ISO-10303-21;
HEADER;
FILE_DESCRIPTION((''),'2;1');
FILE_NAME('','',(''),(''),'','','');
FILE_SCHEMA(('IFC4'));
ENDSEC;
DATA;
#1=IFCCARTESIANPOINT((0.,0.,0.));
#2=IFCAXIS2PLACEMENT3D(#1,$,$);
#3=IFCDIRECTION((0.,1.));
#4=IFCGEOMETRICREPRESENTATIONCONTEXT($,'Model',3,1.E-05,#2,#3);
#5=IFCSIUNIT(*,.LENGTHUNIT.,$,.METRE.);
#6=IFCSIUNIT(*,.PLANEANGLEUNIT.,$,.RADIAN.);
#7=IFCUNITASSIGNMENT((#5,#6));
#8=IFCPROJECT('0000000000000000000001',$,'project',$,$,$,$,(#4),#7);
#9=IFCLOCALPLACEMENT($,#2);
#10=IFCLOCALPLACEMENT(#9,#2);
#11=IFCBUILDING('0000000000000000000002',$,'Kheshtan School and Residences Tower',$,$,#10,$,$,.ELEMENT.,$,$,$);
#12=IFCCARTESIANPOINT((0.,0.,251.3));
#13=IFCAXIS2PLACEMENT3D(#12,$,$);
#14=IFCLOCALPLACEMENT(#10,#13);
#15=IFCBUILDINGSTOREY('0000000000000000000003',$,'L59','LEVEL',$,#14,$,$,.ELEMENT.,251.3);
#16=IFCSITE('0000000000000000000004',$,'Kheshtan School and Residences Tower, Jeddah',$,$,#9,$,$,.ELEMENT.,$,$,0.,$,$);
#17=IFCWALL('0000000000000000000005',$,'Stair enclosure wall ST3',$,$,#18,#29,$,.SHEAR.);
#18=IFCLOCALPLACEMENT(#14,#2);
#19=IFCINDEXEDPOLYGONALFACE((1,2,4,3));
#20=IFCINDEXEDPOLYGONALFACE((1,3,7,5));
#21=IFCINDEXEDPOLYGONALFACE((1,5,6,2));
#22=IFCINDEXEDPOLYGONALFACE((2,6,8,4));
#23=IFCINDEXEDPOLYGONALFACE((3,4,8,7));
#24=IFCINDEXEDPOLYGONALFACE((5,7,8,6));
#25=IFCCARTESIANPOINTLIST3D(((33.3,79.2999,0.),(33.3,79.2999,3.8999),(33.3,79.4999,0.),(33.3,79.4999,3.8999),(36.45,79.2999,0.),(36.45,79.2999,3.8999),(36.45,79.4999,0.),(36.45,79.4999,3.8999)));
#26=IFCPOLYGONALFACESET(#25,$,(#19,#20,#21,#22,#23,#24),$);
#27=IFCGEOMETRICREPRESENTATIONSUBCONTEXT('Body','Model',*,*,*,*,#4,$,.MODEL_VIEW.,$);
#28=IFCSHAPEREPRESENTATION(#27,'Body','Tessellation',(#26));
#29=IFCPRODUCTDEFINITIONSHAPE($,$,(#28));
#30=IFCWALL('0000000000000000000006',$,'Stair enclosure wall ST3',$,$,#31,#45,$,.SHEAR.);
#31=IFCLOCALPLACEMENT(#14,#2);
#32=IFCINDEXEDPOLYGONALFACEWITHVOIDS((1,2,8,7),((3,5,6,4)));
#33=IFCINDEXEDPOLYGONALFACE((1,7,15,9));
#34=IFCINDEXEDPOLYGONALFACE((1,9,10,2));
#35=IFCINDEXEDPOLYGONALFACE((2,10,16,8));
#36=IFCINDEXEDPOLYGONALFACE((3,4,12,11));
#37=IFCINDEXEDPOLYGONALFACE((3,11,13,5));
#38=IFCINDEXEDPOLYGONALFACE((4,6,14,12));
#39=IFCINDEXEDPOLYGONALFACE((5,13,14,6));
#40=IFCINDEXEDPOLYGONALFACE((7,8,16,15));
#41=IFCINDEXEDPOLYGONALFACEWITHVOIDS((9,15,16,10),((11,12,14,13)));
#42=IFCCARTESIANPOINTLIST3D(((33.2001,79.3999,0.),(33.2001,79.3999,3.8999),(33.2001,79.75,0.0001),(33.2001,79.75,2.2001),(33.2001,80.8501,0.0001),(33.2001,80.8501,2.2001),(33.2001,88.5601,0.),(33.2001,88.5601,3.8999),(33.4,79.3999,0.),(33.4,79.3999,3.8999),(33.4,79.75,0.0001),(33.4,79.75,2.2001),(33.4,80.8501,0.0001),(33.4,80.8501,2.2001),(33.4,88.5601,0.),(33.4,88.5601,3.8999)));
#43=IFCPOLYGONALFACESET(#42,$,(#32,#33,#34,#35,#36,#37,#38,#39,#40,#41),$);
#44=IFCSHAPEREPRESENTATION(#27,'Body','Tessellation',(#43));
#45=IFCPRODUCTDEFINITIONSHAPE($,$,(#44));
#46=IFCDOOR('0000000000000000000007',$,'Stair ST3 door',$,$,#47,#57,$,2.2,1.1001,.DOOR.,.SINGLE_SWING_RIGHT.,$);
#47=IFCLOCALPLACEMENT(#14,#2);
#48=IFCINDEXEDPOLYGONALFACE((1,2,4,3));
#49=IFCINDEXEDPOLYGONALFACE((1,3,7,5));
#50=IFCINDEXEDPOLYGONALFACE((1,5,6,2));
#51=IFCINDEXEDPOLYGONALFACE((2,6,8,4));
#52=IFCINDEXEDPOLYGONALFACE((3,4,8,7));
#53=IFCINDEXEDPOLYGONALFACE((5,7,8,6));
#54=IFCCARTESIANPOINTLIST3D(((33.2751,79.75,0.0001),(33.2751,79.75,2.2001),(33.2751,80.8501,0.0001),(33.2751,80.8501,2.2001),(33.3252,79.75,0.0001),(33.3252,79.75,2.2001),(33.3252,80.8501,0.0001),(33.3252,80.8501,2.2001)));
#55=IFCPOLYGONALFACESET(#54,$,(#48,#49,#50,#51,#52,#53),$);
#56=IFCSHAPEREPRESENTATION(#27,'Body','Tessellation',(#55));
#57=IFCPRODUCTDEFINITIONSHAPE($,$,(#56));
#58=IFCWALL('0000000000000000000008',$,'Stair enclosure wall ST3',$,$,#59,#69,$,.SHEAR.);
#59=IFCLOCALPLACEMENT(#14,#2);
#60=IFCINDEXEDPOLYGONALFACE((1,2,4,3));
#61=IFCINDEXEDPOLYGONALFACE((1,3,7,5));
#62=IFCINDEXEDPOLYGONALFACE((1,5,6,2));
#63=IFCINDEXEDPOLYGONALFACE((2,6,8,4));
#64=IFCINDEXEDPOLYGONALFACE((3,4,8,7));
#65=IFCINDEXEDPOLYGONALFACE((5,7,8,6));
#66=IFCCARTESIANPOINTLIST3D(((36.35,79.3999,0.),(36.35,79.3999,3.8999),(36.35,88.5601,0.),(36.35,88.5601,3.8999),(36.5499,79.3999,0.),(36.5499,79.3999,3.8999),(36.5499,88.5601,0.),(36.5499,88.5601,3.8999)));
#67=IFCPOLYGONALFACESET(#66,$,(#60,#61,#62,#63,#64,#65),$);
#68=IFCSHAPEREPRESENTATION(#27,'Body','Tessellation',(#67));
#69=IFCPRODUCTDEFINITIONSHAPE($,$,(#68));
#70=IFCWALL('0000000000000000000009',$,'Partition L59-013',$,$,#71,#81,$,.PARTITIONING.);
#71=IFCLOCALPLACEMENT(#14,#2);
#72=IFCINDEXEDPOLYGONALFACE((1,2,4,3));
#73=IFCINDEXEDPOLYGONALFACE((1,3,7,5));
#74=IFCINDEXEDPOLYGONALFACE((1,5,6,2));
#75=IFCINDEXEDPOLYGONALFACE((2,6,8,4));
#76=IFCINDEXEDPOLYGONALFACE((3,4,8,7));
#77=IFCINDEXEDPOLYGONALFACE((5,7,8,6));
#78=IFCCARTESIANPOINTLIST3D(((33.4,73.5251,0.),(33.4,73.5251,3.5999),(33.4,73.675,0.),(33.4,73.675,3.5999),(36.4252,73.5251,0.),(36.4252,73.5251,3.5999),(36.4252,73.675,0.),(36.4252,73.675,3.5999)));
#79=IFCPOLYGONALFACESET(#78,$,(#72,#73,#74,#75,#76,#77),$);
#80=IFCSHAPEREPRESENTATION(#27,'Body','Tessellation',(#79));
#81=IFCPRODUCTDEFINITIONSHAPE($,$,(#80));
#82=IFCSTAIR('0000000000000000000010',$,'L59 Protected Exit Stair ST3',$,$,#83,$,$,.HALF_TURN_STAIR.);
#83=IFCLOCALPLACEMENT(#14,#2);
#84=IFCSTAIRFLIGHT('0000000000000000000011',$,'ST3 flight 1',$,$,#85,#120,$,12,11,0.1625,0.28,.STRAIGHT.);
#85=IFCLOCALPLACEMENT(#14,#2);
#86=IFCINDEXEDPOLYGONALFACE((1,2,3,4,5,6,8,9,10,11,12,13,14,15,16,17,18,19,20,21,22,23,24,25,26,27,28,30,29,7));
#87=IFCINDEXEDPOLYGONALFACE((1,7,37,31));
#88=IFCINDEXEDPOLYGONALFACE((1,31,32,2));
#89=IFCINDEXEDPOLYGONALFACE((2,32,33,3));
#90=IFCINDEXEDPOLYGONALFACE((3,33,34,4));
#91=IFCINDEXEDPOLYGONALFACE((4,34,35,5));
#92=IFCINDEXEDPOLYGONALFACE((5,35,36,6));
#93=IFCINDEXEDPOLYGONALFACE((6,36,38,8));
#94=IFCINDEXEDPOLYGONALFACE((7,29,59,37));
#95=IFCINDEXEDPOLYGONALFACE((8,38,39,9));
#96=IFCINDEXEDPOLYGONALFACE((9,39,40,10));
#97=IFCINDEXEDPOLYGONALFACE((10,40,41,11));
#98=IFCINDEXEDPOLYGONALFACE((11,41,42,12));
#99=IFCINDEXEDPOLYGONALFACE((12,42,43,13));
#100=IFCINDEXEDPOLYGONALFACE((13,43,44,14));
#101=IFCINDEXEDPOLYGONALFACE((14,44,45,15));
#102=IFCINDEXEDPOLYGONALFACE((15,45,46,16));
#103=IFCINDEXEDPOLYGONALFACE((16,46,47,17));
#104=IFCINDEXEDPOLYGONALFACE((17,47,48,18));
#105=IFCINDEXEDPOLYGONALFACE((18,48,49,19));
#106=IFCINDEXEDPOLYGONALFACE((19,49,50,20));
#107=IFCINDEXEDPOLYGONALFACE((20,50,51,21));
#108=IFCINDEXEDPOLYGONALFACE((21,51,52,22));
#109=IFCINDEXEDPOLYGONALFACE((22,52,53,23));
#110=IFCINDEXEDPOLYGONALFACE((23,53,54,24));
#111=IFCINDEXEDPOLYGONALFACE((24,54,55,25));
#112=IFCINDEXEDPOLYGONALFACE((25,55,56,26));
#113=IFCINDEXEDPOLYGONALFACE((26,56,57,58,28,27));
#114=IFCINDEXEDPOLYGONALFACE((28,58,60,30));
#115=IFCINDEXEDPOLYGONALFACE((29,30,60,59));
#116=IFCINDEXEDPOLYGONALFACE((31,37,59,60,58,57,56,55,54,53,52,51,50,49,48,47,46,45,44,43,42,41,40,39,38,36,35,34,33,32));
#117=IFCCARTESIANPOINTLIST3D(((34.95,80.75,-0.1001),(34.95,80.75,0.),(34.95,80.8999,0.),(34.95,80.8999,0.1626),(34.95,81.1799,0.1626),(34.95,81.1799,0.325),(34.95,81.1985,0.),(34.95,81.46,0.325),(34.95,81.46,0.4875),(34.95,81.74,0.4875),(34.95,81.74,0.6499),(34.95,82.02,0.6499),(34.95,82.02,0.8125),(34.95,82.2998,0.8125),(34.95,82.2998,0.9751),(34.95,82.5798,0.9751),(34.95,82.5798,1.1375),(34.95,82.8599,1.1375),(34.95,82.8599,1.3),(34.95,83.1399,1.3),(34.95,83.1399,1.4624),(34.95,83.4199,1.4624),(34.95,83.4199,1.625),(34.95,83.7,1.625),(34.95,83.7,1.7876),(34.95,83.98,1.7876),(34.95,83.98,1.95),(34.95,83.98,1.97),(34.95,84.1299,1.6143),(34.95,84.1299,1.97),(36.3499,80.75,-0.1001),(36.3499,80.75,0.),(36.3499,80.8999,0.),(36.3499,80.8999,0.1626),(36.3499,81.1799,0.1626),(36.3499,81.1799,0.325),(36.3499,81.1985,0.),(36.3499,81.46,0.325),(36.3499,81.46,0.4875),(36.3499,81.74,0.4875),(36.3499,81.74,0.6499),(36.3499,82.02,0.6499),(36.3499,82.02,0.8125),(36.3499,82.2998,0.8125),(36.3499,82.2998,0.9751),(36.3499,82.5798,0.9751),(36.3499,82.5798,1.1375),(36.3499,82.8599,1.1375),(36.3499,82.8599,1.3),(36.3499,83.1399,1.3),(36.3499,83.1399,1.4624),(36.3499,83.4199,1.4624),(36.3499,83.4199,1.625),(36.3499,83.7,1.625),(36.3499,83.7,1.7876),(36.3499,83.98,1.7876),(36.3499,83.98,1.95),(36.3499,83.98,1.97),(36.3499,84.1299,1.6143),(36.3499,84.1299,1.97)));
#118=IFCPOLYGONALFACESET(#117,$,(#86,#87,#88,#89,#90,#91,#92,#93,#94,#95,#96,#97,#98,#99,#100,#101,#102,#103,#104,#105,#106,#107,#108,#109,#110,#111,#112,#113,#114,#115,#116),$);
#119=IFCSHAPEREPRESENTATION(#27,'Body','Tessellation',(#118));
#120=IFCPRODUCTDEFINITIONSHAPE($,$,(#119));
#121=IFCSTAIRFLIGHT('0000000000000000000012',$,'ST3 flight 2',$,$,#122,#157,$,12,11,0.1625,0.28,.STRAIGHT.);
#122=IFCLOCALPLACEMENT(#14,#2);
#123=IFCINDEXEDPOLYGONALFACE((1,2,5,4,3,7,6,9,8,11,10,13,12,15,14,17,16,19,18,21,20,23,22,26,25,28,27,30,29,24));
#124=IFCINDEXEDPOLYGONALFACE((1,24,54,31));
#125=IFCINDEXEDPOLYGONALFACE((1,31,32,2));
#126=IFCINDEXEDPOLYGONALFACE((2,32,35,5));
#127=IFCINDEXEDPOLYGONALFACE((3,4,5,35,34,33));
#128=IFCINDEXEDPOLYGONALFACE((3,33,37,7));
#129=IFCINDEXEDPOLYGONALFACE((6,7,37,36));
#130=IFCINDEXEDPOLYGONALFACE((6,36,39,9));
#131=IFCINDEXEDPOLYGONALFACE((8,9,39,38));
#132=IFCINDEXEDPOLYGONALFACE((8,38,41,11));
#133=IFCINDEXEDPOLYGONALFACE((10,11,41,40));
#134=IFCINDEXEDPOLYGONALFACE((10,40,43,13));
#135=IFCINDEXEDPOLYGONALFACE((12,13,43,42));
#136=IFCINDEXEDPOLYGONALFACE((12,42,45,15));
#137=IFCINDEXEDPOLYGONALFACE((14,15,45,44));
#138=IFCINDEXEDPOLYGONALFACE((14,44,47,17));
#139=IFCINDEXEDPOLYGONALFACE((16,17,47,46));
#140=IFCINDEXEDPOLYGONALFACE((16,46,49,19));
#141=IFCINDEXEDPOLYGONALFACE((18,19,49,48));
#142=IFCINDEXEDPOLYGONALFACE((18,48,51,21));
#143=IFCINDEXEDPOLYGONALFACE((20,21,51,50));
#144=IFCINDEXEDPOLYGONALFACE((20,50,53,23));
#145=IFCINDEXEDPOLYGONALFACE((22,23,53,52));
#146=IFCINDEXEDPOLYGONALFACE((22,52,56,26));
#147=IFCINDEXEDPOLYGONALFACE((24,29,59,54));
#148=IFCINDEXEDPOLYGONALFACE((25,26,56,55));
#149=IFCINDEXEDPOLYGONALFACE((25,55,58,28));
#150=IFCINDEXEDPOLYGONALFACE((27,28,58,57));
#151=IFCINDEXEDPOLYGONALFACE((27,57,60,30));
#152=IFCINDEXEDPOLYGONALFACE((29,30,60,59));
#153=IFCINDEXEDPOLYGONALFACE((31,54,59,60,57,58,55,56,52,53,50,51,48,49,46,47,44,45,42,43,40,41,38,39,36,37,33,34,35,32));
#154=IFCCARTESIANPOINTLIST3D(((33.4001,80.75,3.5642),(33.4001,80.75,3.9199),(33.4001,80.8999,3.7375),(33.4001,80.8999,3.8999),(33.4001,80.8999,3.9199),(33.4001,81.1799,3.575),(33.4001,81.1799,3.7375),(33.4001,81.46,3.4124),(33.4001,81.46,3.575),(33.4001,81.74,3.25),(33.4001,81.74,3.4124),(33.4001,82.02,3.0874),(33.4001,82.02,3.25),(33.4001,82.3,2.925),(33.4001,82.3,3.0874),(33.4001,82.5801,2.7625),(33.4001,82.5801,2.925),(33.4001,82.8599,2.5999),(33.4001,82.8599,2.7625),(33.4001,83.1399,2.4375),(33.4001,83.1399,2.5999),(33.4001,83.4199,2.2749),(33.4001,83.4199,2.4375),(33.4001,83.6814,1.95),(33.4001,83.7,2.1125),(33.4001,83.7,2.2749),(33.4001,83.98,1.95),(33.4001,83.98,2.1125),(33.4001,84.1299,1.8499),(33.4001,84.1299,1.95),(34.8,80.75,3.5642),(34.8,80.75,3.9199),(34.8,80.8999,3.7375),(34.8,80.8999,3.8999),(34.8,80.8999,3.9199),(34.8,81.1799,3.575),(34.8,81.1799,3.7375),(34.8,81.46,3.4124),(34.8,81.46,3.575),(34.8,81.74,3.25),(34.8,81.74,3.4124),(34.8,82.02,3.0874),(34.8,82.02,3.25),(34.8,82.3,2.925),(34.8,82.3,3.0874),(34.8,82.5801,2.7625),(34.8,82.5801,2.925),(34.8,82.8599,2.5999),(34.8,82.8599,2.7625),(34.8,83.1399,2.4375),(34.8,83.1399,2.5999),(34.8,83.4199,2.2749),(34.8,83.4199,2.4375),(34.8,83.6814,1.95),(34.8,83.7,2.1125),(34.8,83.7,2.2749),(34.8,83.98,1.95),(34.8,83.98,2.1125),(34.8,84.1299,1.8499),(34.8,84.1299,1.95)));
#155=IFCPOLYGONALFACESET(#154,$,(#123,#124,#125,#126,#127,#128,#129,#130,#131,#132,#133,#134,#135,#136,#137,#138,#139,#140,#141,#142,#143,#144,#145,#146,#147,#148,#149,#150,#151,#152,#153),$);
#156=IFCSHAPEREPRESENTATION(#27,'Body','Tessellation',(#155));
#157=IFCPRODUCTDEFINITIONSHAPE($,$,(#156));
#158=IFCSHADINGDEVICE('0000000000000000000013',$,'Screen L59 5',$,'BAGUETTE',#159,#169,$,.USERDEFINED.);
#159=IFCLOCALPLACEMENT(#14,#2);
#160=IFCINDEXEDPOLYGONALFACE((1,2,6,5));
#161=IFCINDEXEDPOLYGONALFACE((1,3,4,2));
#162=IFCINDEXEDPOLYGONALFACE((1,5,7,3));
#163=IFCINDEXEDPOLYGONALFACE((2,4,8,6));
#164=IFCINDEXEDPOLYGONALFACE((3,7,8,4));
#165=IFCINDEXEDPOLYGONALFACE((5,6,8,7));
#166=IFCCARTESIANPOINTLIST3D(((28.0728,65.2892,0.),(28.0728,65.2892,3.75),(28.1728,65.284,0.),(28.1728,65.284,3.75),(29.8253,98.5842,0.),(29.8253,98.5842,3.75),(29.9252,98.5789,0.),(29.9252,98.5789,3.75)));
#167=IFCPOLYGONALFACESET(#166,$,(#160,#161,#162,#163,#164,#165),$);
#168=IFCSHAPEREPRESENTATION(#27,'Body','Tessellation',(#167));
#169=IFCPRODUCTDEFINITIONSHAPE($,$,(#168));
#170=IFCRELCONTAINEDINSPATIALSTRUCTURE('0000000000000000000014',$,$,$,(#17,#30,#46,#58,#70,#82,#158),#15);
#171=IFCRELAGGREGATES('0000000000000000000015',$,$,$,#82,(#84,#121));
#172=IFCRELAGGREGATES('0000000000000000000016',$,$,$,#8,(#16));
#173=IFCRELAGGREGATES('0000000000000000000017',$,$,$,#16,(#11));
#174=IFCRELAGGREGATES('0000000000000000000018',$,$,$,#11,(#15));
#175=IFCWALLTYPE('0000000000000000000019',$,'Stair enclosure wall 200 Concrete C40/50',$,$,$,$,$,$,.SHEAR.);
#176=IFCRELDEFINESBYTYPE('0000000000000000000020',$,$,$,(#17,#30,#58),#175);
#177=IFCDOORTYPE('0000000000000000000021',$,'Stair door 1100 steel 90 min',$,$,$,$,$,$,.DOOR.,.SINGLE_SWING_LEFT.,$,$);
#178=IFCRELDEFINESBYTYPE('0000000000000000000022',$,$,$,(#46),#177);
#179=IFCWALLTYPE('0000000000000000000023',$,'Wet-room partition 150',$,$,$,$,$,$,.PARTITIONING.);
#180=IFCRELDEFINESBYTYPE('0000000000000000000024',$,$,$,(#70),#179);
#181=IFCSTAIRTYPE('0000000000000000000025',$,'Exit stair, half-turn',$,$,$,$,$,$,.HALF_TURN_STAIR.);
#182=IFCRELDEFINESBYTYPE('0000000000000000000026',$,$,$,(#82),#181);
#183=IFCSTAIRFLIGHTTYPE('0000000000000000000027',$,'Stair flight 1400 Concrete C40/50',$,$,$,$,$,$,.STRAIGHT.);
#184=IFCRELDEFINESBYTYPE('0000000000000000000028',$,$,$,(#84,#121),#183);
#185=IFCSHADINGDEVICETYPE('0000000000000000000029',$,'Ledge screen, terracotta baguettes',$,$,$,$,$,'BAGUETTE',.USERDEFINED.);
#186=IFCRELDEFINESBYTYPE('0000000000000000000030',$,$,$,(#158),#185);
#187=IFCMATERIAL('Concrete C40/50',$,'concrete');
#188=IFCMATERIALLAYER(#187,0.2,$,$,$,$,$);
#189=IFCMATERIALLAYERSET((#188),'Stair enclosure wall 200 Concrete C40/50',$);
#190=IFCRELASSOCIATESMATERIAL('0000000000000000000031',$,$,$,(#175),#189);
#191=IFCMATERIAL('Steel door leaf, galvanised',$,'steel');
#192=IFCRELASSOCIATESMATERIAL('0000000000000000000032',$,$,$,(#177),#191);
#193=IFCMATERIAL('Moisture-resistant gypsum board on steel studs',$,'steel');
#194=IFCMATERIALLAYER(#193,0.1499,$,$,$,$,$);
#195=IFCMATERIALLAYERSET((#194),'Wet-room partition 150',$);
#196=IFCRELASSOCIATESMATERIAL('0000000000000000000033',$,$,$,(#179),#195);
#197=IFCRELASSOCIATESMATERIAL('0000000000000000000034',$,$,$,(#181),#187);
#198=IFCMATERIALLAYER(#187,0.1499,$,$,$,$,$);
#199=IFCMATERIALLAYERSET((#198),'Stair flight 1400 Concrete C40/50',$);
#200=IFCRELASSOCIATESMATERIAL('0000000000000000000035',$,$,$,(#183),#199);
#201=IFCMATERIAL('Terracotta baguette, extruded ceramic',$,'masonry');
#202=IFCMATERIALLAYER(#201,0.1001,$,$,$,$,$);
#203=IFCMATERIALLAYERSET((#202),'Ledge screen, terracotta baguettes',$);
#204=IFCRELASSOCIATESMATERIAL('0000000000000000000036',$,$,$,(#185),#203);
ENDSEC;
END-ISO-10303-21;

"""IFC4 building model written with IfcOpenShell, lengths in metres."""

from ifc_helpers import new_model, si_unit, direction, frame, frame_2d, origin, origin_2d, place, context, subcontext, project, spatial, polyline, rectangle, outline, extrude, source, transform, mapped, material, layer, layer_set, type_object, element, fill, aggregate, save


model = new_model("IFC4")

# Units and contexts
model_context = context("Model", 3, precision=1e-05, world=origin(), true_north=direction((0.0, 1.0)))
body_context = subcontext(model_context, "Body", "Model", "MODEL_VIEW")
ifc_project = project(units=[si_unit("LENGTHUNIT", "METRE"), si_unit("PLANEANGLEUNIT", "RADIAN")], contexts=[model_context])

# Site, building, storey
site_placement = place(None, origin())
site = spatial("IfcSite", under=ifc_project, at=site_placement, Name="Kheshtan School and Residences Tower, Jeddah", CompositionType="ELEMENT", RefElevation=0.0)
building_placement = place(site_placement, origin())
building = spatial("IfcBuilding", under=site, at=building_placement, Name="Kheshtan School and Residences Tower", CompositionType="ELEMENT")
storey_placement = place(building_placement, frame((0.0, 0.0, 251.3)))
storey = spatial("IfcBuildingStorey", under=building, at=storey_placement, Name="L59", Description="LEVEL", CompositionType="ELEMENT", Elevation=251.3)

# Wall
ifc_material_1 = material(Name="Concrete C40/50", Category="concrete")
ifc_layer_1 = layer(ifc_material_1, 0.2)
ifc_layer_set_1 = layer_set([ifc_layer_1], Name="Stair enclosure wall 200 Concrete C40/50")
wall_type_1 = type_object("IfcWallType", Name="Stair enclosure wall 200 Concrete C40/50", PredefinedType="SHEAR", material=ifc_layer_set_1)
wall_1_placement = place(storey_placement, frame((33.3, 79.3999, 0.0), z_axis=(0.0, 0.0, 1.0), x_axis=(1.0, 0.0, 0.0)))
element("IfcWall", 1, at=wall_1_placement, inside=storey, type_object=wall_type_1, Name="Stair enclosure wall ST3", PredefinedType="SHEAR", context=body_context, shape_type="SweptSolid", body=[
    extrude(rectangle(XDim=3.1499, YDim=0.2, at=frame_2d((1.575, 0.0))), origin(), (0.0, 0.0, 1.0), 3.8999),
])

# Wall, opening, door
wall_2_placement = place(storey_placement, frame((33.3, 79.3999, 0.0), z_axis=(0.0, 0.0, 1.0), x_axis=(0.0, 1.0, 0.0)))
wall_2 = element("IfcWall", 2, at=wall_2_placement, inside=storey, type_object=wall_type_1, Name="Stair enclosure wall ST3", PredefinedType="SHEAR", context=body_context, shape_type="SweptSolid", body=[
    extrude(rectangle(XDim=9.1602, YDim=0.2, at=frame_2d((4.5801, 0.0))), origin(), (0.0, 0.0, 1.0), 3.8999),
])
opening_1_placement = place(wall_2_placement, frame((0.3501, 0.0, 0.0)))
opening_1 = element("IfcOpeningElement", 3, at=opening_1_placement, cuts=wall_2, PredefinedType="OPENING", context=body_context, shape_type="SweptSolid", body=[
    extrude(rectangle(XDim=1.1001, YDim=2.2, at=frame_2d((0.55, 1.1001))), frame((0.0, 0.1099, 0.0), z_axis=(0.0, -1.0, 0.0), x_axis=(1.0, 0.0, 0.0)), (0.0, 0.0, 1.0), 0.22),
])
ifc_material_2 = material(Name="Steel door leaf, galvanised", Category="steel")
door_type_1 = type_object("IfcDoorType", Name="Stair door 1100 steel 90 min", OperationType="SINGLE_SWING_LEFT", PredefinedType="DOOR", material=ifc_material_2)
shared_shape_1 = source(origin(), body_context, "Body", "SweptSolid", [
    extrude(rectangle(XDim=1.1001, YDim=2.2, at=frame_2d((0.55, 1.1001))), frame((0.0, 0.0249, 0.0), z_axis=(0.0, -1.0, 0.0), x_axis=(1.0, 0.0, 0.0)), (0.0, 0.0, 1.0), 0.05),
])
door_1_placement = place(opening_1_placement, origin())
door_1 = element("IfcDoor", 4, at=door_1_placement, inside=storey, type_object=door_type_1, Name="Stair ST3 door", OperationType="SINGLE_SWING_RIGHT", OverallHeight=2.2, OverallWidth=1.1001, PredefinedType="DOOR", context=body_context, shape_type="MappedRepresentation", body=[
    mapped(shared_shape_1, transform((0.0, 0.0, 0.0), x_axis=(1.0, 0.0, 0.0), y_axis=(0.0, 1.0, 0.0), z_axis=(0.0, 0.0, 1.0), scale=1.0)),
])
fill(opening_1, door_1)

# Walls
wall_3_placement = place(storey_placement, frame((36.45, 79.3999, 0.0), z_axis=(0.0, 0.0, 1.0), x_axis=(0.0, 1.0, 0.0)))
element("IfcWall", 5, at=wall_3_placement, inside=storey, type_object=wall_type_1, Name="Stair enclosure wall ST3", PredefinedType="SHEAR", context=body_context, shape_type="SweptSolid", body=[
    extrude(rectangle(XDim=9.1602, YDim=0.2, at=frame_2d((4.5801, 0.0))), origin(), (0.0, 0.0, 1.0), 3.8999),
])
ifc_material_3 = material(Name="Moisture-resistant gypsum board on steel studs", Category="steel")
ifc_layer_2 = layer(ifc_material_3, 0.1499)
ifc_layer_set_2 = layer_set([ifc_layer_2], Name="Wet-room partition 150")
wall_type_2 = type_object("IfcWallType", Name="Wet-room partition 150", PredefinedType="PARTITIONING", material=ifc_layer_set_2)
wall_4_placement = place(storey_placement, frame((33.3999, 73.6001, 0.0), z_axis=(0.0, 0.0, 1.0), x_axis=(1.0, 0.0, 0.0)))
element("IfcWall", 6, at=wall_4_placement, inside=storey, type_object=wall_type_2, Name="Partition L59-013", PredefinedType="PARTITIONING", context=body_context, shape_type="SweptSolid", body=[
    extrude(rectangle(XDim=3.0251, YDim=0.1499, at=frame_2d((1.5127, 0.0))), origin(), (0.0, 0.0, 1.0), 3.5999),
])

# Stair, stair flights
stair_type = type_object("IfcStairType", Name="Exit stair, half-turn", PredefinedType="HALF_TURN_STAIR", material=ifc_material_1)
stair_placement = place(storey_placement, origin())
stair = element("IfcStair", 7, at=stair_placement, inside=storey, type_object=stair_type, Name="L59 Protected Exit Stair ST3", PredefinedType="HALF_TURN_STAIR")
ifc_layer_3 = layer(ifc_material_1, 0.1499)
ifc_layer_set_3 = layer_set([ifc_layer_3], Name="Stair flight 1400 Concrete C40/50")
stair_flight_type = type_object("IfcStairFlightType", Name="Stair flight 1400 Concrete C40/50", PredefinedType="STRAIGHT", material=ifc_layer_set_3)
stair_flight_1_placement = place(storey_placement, frame((35.6499, 80.8999, 0.0), z_axis=(0.0, 0.0, 1.0), x_axis=(0.0, 1.0, 0.0)))
stair_flight_1 = element("IfcStairFlight", 8, at=stair_flight_1_placement, type_object=stair_flight_type, Name="ST3 flight 1", NumberOfRisers=12, NumberOfTreads=11, PredefinedType="STRAIGHT", RiserHeight=0.1625, TreadLength=0.28, context=body_context, shape_type="SweptSolid", body=[
    extrude(outline(polyline([(-0.1499, -0.1001), (-0.1499, 0.0), (0.0, 0.0), (0.0, 0.1626), (0.28, 0.1626), (0.28, 0.325), (0.5601, 0.325), (0.5601, 0.4875), (0.8401, 0.4875), (0.8401, 0.6499), (1.1201, 0.6499), (1.1201, 0.8125), (1.3999, 0.8125), (1.3999, 0.9751), (1.6799, 0.9751), (1.6799, 1.1375), (1.96, 1.1375), (1.96, 1.3), (2.24, 1.3), (2.24, 1.4624), (2.52, 1.4624), (2.52, 1.625), (2.8, 1.625), (2.8, 1.7876), (3.0801, 1.7876), (3.0801, 1.95), (3.0801, 1.97), (3.23, 1.97), (3.23, 1.6143), (0.2986, 0.0), (-0.1499, -0.1001)])), frame((0.0, 0.7, 0.0), z_axis=(0.0, -1.0, 0.0), x_axis=(1.0, 0.0, 0.0)), (0.0, 0.0, 1.0), 1.3999),
])
stair_flight_2_placement = place(storey_placement, frame((34.1001, 83.98, 1.95), z_axis=(0.0, 0.0, 1.0), x_axis=(0.0, -1.0, 0.0)))
stair_flight_2 = element("IfcStairFlight", 9, at=stair_flight_2_placement, type_object=stair_flight_type, Name="ST3 flight 2", NumberOfRisers=12, NumberOfTreads=11, PredefinedType="STRAIGHT", RiserHeight=0.1625, TreadLength=0.28, context=body_context, shape_type="SweptSolid", body=[
    extrude(outline(polyline([(-0.1499, -0.1001), (-0.1499, 0.0), (0.0, 0.0), (0.0, 0.1626), (0.28, 0.1626), (0.28, 0.325), (0.5601, 0.325), (0.5601, 0.4875), (0.8401, 0.4875), (0.8401, 0.6499), (1.1201, 0.6499), (1.1201, 0.8125), (1.3999, 0.8125), (1.3999, 0.9751), (1.6799, 0.9751), (1.6799, 1.1375), (1.96, 1.1375), (1.96, 1.3), (2.24, 1.3), (2.24, 1.4624), (2.52, 1.4624), (2.52, 1.625), (2.8, 1.625), (2.8, 1.7876), (3.0801, 1.7876), (3.0801, 1.95), (3.0801, 1.97), (3.23, 1.97), (3.23, 1.6143), (0.2986, 0.0), (-0.1499, -0.1001)])), frame((0.0, 0.7, 0.0), z_axis=(0.0, -1.0, 0.0), x_axis=(1.0, 0.0, 0.0)), (0.0, 0.0, 1.0), 1.3999),
])
aggregate(stair, [stair_flight_1, stair_flight_2])

# Shading device
ifc_material_4 = material(Name="Terracotta baguette, extruded ceramic", Category="masonry")
ifc_layer_4 = layer(ifc_material_4, 0.1001)
ifc_layer_set_4 = layer_set([ifc_layer_4], Name="Ledge screen, terracotta baguettes")
shading_device_type = type_object("IfcShadingDeviceType", Name="Ledge screen, terracotta baguettes", ElementType="BAGUETTE", PredefinedType="USERDEFINED", material=ifc_layer_set_4)
shading_device_placement = place(storey_placement, frame((28.999, 81.9341, 0.0), z_axis=(0.0, 0.0, 1.0), x_axis=(0.052563, 0.998618, 0.0)))
element("IfcShadingDevice", 10, at=shading_device_placement, inside=storey, type_object=shading_device_type, Name="Screen L59 5", ObjectType="BAGUETTE", PredefinedType="USERDEFINED", context=body_context, shape_type="SweptSolid", body=[
    extrude(rectangle(XDim=33.3411, YDim=0.1001, at=origin_2d()), origin(), (0.0, 0.0, 1.0), 3.75),
])

save(model, "model.ifc")
